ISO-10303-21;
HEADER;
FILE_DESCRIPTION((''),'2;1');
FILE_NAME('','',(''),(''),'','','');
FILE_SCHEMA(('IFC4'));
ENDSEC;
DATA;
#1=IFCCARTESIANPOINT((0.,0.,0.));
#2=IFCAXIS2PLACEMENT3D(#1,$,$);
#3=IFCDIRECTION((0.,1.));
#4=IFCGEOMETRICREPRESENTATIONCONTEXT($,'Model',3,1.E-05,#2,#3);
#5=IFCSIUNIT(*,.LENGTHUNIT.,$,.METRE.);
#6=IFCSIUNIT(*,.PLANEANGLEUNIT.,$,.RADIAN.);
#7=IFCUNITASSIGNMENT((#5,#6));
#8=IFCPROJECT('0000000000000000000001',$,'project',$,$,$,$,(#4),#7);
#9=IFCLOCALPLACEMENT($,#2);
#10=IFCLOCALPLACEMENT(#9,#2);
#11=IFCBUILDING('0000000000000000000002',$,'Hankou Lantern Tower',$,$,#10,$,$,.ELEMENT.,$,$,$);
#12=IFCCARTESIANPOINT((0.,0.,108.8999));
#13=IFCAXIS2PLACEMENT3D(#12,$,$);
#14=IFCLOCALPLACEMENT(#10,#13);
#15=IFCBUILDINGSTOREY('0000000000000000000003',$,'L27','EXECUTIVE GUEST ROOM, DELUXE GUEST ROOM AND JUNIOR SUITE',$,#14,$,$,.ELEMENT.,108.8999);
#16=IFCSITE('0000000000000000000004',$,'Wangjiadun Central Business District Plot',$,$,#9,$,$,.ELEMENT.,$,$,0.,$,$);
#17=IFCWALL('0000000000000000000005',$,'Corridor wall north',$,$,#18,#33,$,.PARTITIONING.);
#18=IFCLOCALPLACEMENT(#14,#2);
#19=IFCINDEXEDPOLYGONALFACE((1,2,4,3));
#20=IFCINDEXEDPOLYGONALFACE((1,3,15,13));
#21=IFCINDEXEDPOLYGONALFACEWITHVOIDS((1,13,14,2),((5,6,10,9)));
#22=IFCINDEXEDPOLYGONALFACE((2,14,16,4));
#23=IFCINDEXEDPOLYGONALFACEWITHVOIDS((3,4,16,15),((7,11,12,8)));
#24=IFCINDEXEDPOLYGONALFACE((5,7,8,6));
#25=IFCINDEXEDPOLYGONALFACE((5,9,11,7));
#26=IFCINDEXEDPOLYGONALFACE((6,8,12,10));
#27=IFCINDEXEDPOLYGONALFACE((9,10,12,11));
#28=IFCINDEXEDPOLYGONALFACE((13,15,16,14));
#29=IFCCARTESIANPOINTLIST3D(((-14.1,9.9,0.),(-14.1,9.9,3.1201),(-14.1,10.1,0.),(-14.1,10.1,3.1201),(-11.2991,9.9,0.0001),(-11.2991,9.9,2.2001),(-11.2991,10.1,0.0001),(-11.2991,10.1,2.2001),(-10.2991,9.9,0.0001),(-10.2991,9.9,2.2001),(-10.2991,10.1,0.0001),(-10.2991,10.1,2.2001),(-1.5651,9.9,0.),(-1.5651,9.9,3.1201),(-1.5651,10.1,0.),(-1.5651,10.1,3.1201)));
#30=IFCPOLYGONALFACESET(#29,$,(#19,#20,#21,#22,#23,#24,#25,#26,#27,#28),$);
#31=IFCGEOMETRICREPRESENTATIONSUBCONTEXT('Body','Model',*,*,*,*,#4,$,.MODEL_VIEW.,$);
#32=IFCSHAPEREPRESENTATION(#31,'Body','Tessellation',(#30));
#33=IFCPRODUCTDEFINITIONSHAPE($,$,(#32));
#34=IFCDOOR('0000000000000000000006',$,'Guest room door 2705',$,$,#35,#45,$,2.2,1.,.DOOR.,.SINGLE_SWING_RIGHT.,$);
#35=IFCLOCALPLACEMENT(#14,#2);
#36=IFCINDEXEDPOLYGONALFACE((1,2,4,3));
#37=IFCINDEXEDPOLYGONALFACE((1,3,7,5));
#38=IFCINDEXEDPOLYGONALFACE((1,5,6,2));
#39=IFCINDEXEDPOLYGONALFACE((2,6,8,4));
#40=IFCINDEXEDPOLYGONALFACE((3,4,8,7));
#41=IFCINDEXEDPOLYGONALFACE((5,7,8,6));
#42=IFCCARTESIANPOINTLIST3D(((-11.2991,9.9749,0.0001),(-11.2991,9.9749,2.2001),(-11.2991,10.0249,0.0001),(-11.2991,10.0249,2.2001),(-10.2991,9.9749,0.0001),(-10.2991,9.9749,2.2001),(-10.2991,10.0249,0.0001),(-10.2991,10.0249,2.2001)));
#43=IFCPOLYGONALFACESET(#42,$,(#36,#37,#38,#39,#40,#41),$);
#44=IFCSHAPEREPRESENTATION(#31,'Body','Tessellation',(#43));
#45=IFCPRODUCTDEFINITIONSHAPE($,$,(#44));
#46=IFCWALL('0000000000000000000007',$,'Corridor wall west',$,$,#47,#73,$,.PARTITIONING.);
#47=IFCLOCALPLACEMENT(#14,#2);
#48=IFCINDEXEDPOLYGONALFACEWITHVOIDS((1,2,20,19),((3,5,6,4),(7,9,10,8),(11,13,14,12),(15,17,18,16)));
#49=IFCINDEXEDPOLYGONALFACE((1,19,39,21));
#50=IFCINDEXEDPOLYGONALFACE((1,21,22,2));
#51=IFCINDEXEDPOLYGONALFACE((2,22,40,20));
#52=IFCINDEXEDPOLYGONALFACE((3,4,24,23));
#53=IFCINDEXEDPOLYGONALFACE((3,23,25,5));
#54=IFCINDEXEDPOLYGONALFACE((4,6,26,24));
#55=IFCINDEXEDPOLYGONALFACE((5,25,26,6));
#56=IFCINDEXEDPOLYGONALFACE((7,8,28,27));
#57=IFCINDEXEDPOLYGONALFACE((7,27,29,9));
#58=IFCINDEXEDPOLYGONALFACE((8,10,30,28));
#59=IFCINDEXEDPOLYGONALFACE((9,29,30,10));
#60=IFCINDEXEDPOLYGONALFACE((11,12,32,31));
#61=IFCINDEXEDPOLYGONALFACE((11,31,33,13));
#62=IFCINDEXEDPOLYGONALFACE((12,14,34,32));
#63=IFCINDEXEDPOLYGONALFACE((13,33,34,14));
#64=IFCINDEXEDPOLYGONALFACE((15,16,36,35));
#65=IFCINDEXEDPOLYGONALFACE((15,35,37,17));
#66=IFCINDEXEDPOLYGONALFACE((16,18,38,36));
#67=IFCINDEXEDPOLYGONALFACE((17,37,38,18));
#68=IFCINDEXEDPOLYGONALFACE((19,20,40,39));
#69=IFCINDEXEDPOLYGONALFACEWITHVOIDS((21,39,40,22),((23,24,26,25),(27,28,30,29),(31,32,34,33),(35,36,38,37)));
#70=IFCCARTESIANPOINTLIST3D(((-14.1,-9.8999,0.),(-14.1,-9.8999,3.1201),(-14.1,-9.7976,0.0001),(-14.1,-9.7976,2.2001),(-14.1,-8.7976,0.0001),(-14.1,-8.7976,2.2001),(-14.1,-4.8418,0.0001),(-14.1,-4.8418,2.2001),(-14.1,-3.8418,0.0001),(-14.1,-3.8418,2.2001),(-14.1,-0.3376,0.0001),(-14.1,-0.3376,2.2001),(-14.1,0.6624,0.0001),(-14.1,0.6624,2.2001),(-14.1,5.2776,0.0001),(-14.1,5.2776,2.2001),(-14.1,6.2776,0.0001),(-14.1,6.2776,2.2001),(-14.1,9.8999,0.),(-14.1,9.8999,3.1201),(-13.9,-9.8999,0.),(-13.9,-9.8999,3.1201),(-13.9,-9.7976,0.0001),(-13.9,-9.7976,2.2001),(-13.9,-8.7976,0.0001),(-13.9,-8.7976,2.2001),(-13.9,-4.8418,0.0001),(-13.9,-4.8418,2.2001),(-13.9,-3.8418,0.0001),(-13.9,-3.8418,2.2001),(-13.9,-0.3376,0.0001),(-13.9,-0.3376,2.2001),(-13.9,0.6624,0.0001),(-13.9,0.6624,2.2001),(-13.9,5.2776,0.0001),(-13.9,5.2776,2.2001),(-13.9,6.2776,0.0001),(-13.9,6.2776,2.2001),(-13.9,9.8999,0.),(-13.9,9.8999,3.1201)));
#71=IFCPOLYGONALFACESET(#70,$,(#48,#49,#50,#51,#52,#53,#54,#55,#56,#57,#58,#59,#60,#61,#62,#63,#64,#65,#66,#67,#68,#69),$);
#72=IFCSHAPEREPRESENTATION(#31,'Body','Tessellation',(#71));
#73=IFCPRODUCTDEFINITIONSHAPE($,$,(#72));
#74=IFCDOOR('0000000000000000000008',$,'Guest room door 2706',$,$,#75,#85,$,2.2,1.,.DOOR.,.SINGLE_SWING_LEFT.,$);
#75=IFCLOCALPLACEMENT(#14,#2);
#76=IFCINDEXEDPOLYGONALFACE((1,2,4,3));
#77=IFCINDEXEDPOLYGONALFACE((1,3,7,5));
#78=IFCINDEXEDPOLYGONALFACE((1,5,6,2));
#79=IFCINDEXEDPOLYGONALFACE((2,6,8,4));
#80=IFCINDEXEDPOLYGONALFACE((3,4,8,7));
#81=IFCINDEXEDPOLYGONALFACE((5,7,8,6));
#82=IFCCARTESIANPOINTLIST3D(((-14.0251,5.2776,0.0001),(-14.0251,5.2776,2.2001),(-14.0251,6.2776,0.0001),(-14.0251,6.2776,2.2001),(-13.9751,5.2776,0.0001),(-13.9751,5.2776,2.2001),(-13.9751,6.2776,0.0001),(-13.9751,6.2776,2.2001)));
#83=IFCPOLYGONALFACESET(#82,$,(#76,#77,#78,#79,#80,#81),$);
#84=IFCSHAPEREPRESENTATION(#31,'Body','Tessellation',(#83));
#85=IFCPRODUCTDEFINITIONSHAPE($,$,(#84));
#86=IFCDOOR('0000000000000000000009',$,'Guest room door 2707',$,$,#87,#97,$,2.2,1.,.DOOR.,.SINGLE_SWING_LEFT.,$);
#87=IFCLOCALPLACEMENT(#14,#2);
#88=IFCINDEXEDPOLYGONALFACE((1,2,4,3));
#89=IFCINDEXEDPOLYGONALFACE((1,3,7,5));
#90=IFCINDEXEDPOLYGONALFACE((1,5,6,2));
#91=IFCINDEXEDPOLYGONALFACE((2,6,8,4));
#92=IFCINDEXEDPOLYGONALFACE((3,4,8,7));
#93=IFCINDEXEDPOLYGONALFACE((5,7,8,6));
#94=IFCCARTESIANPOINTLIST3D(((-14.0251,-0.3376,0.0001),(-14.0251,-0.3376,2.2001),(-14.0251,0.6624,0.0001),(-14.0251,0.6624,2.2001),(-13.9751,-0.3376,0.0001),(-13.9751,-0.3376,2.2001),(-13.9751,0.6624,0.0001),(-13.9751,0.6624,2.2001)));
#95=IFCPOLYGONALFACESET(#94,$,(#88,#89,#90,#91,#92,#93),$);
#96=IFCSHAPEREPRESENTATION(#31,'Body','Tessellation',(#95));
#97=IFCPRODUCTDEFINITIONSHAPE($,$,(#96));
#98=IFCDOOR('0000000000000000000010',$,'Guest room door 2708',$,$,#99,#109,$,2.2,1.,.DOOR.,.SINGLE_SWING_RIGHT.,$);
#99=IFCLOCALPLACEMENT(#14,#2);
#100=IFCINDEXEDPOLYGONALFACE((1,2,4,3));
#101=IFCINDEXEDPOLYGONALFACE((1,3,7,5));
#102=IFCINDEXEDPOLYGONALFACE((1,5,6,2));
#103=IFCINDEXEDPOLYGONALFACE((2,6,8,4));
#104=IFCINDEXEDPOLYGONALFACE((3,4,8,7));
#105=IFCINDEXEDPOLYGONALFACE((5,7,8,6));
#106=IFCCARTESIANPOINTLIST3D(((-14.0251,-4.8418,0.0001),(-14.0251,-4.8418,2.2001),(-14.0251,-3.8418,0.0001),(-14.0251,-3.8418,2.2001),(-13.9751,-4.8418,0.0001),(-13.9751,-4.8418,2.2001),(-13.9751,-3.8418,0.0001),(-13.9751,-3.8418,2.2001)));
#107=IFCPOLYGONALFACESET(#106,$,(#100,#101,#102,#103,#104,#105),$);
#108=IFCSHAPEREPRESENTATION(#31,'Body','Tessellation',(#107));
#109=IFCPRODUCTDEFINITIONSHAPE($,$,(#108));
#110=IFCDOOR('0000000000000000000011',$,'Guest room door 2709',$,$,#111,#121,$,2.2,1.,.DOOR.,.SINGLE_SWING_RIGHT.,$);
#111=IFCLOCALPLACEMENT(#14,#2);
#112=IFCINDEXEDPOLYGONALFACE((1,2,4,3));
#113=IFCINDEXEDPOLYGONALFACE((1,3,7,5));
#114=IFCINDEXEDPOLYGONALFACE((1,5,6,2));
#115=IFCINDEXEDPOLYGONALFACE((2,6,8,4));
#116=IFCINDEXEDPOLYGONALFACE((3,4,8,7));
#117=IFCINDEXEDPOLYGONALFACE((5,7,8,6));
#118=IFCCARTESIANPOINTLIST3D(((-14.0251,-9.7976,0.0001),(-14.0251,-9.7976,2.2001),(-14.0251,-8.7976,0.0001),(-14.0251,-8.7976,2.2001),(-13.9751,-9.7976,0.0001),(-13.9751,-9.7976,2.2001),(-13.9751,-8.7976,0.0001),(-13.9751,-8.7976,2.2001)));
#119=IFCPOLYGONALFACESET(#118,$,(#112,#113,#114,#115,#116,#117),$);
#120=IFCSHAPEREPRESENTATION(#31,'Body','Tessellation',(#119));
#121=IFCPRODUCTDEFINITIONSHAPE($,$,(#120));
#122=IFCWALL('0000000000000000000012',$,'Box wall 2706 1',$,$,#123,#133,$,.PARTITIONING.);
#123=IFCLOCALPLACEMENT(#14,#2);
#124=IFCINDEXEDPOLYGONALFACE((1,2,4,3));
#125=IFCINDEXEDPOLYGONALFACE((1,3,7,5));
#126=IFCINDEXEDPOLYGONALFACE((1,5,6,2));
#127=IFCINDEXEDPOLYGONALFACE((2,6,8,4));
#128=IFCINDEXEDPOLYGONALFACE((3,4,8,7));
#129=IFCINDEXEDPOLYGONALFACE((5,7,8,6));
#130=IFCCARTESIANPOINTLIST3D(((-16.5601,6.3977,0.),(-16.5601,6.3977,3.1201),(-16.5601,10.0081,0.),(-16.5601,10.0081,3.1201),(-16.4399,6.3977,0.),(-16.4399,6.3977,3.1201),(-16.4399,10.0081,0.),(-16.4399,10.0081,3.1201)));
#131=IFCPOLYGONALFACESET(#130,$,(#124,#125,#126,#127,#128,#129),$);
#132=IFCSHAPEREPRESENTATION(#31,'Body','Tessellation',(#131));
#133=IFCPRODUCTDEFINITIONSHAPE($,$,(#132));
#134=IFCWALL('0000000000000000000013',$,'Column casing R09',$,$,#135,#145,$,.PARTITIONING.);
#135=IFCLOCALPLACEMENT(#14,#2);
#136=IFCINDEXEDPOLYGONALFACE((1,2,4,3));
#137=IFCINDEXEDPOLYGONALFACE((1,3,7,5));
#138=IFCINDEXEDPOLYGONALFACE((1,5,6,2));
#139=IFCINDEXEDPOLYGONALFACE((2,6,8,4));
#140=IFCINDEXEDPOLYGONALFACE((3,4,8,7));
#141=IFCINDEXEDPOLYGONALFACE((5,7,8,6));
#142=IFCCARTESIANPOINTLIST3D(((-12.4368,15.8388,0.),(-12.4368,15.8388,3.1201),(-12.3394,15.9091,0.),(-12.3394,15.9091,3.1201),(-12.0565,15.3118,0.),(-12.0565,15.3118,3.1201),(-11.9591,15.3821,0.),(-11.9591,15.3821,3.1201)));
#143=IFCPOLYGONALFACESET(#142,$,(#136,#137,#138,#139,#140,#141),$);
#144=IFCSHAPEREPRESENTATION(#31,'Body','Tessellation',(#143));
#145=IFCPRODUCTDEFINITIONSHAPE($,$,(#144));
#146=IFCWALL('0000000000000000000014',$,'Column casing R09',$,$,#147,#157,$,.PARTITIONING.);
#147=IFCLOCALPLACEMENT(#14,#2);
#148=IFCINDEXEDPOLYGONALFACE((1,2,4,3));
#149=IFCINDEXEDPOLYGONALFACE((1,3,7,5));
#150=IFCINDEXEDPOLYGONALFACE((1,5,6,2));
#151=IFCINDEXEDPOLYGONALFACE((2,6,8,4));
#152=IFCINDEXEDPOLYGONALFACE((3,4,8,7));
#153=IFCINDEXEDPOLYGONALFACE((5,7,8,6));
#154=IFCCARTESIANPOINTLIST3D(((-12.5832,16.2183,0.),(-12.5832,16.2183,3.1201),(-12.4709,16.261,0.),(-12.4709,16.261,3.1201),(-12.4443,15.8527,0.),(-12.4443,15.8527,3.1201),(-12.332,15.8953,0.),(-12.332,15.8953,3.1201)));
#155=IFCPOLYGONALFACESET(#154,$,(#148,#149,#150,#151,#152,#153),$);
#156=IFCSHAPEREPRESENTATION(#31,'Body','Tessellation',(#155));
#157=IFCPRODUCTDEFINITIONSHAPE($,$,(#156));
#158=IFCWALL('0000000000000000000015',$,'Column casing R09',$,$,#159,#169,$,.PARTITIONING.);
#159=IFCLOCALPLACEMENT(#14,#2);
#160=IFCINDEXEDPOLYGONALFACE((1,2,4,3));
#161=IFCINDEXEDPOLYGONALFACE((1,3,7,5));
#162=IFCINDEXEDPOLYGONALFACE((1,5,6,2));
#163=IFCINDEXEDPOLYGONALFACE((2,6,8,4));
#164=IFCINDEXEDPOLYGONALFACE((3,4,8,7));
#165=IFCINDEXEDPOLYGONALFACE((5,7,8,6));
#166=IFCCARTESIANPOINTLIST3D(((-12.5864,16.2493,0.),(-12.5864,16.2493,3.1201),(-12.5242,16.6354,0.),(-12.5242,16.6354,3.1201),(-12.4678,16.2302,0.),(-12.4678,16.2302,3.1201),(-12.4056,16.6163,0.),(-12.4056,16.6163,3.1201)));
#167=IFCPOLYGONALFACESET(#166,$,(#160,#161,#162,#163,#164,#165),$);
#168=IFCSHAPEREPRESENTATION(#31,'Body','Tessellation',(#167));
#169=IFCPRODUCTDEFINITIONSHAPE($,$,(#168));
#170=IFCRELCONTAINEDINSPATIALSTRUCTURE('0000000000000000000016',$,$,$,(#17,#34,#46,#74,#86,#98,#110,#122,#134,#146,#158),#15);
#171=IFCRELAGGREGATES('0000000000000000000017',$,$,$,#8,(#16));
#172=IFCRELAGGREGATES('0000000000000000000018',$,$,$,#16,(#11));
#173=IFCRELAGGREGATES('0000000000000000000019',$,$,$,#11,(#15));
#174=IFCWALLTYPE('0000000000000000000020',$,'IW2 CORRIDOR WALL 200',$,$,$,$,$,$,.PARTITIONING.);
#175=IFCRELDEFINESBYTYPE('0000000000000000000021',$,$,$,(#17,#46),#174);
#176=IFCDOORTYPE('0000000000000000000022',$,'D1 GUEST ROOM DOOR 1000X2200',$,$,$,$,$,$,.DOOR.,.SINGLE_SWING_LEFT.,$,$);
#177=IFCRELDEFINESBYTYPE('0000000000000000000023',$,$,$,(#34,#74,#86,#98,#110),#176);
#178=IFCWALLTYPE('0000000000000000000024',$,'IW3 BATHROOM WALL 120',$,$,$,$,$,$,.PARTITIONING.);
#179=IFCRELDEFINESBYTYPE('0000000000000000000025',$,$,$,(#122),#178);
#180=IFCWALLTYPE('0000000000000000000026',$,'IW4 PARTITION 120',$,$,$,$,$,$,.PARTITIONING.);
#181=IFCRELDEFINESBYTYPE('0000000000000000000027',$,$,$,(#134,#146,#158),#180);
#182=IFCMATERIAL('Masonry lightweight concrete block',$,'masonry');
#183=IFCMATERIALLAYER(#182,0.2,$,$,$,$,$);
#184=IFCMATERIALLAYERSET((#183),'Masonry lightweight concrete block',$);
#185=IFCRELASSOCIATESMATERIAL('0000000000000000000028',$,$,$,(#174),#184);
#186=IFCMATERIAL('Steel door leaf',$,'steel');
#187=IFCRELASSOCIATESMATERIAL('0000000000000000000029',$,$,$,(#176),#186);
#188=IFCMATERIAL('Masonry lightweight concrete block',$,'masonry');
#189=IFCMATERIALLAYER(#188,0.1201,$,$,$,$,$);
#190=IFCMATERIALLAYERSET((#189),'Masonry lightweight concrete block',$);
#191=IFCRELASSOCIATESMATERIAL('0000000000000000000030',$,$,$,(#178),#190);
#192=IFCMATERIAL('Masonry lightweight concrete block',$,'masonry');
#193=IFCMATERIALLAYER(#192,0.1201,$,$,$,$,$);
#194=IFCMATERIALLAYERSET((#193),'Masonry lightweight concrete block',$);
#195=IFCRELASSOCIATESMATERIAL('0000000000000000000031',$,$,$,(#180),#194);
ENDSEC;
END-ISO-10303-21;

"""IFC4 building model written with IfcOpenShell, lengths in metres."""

from ifc_helpers import new_model, si_unit, direction, frame, frame_2d, origin, place, context, subcontext, project, spatial, rectangle, extrude, material, layer, layer_set, type_object, element, fill, save


model = new_model("IFC4")

# Units and contexts
model_context = context("Model", 3, precision=1e-05, world=origin(), true_north=direction((0.0, 1.0)))
body_context = subcontext(model_context, "Body", "Model", "MODEL_VIEW")
ifc_project = project(units=[si_unit("LENGTHUNIT", "METRE"), si_unit("PLANEANGLEUNIT", "RADIAN")], contexts=[model_context])

# Site, building, storey
site_placement = place(None, origin())
site = spatial("IfcSite", under=ifc_project, at=site_placement, Name="Wangjiadun Central Business District Plot", CompositionType="ELEMENT", RefElevation=0.0)
building_placement = place(site_placement, origin())
building = spatial("IfcBuilding", under=site, at=building_placement, Name="Hankou Lantern Tower", CompositionType="ELEMENT")
storey_placement = place(building_placement, frame((0.0, 0.0, 108.8999)))
storey = spatial("IfcBuildingStorey", under=building, at=storey_placement, Name="L27", Description="EXECUTIVE GUEST ROOM, DELUXE GUEST ROOM AND JUNIOR SUITE", CompositionType="ELEMENT", Elevation=108.8999)

# Wall, opening, door
ifc_material_1 = material(Name="Masonry lightweight concrete block", Category="masonry")
ifc_layer_1 = layer(ifc_material_1, 0.2)
ifc_layer_set_1 = layer_set([ifc_layer_1], Name="Masonry lightweight concrete block")
wall_type_1 = type_object("IfcWallType", Name="IW2 CORRIDOR WALL 200", PredefinedType="PARTITIONING", material=ifc_layer_set_1)
wall_1_placement = place(storey_placement, frame((-14.1001, 10.0, 0.0), z_axis=(0.0, 0.0, 1.0), x_axis=(1.0, 0.0, 0.0)))
wall_1 = element("IfcWall", 1, at=wall_1_placement, inside=storey, type_object=wall_type_1, Name="Corridor wall north", PredefinedType="PARTITIONING", context=body_context, shape_type="SweptSolid", body=[
    extrude(rectangle(XDim=12.5349, YDim=0.2, at=frame_2d((6.2676, 0.0))), origin(), (0.0, 0.0, 1.0), 3.1201),
])
opening_1_placement = place(wall_1_placement, frame((2.801, 0.0, 0.0)))
opening_1 = element("IfcOpeningElement", 2, at=opening_1_placement, cuts=wall_1, PredefinedType="OPENING", context=body_context, shape_type="SweptSolid", body=[
    extrude(rectangle(XDim=1.0, YDim=2.2, at=frame_2d((0.5, 1.1001))), frame((0.0, 0.1099, 0.0), z_axis=(0.0, -1.0, 0.0), x_axis=(1.0, 0.0, 0.0)), (0.0, 0.0, 1.0), 0.22),
])
ifc_material_2 = material(Name="Steel door leaf", Category="steel")
door_type = type_object("IfcDoorType", Name="D1 GUEST ROOM DOOR 1000X2200", OperationType="SINGLE_SWING_LEFT", PredefinedType="DOOR", material=ifc_material_2)
door_1_placement = place(opening_1_placement, origin())
door_1 = element("IfcDoor", 3, at=door_1_placement, inside=storey, type_object=door_type, Name="Guest room door 2705", OperationType="SINGLE_SWING_RIGHT", OverallHeight=2.2, OverallWidth=1.0, PredefinedType="DOOR", context=body_context, shape_type="SweptSolid", body=[
    extrude(rectangle(XDim=1.0, YDim=2.2, at=frame_2d((0.5, 1.1001))), frame((0.0, 0.0249, 0.0), z_axis=(0.0, -1.0, 0.0), x_axis=(1.0, 0.0, 0.0)), (0.0, 0.0, 1.0), 0.05),
])
fill(opening_1, door_1)

# Wall, openings, doors
wall_2_placement = place(storey_placement, frame((-14.0, 9.8999, 0.0), z_axis=(0.0, 0.0, 1.0), x_axis=(0.0, -1.0, 0.0)))
wall_2 = element("IfcWall", 4, at=wall_2_placement, inside=storey, type_object=wall_type_1, Name="Corridor wall west", PredefinedType="PARTITIONING", context=body_context, shape_type="SweptSolid", body=[
    extrude(rectangle(XDim=19.7998, YDim=0.2, at=frame_2d((9.8999, 0.0))), origin(), (0.0, 0.0, 1.0), 3.1201),
])
opening_2_placement = place(wall_2_placement, frame((3.6223, 0.0, 0.0)))
opening_2 = element("IfcOpeningElement", 5, at=opening_2_placement, cuts=wall_2, PredefinedType="OPENING", context=body_context, shape_type="SweptSolid", body=[
    extrude(rectangle(XDim=1.0, YDim=2.2, at=frame_2d((0.5, 1.1001))), frame((0.0, 0.1099, 0.0), z_axis=(0.0, -1.0, 0.0), x_axis=(1.0, 0.0, 0.0)), (0.0, 0.0, 1.0), 0.22),
])
opening_3_placement = place(wall_2_placement, frame((9.2375, 0.0, 0.0)))
opening_3 = element("IfcOpeningElement", 6, at=opening_3_placement, cuts=wall_2, PredefinedType="OPENING", context=body_context, shape_type="SweptSolid", body=[
    extrude(rectangle(XDim=1.0, YDim=2.2, at=frame_2d((0.5, 1.1001))), frame((0.0, 0.1099, 0.0), z_axis=(0.0, -1.0, 0.0), x_axis=(1.0, 0.0, 0.0)), (0.0, 0.0, 1.0), 0.22),
])
opening_4_placement = place(wall_2_placement, frame((13.7417, 0.0, 0.0)))
opening_4 = element("IfcOpeningElement", 7, at=opening_4_placement, cuts=wall_2, PredefinedType="OPENING", context=body_context, shape_type="SweptSolid", body=[
    extrude(rectangle(XDim=1.0, YDim=2.2, at=frame_2d((0.5, 1.1001))), frame((0.0, 0.1099, 0.0), z_axis=(0.0, -1.0, 0.0), x_axis=(1.0, 0.0, 0.0)), (0.0, 0.0, 1.0), 0.22),
])
opening_5_placement = place(wall_2_placement, frame((18.6975, 0.0, 0.0)))
opening_5 = element("IfcOpeningElement", 8, at=opening_5_placement, cuts=wall_2, PredefinedType="OPENING", context=body_context, shape_type="SweptSolid", body=[
    extrude(rectangle(XDim=1.0, YDim=2.2, at=frame_2d((0.5, 1.1001))), frame((0.0, 0.1099, 0.0), z_axis=(0.0, -1.0, 0.0), x_axis=(1.0, 0.0, 0.0)), (0.0, 0.0, 1.0), 0.22),
])
door_2_placement = place(opening_2_placement, origin())
door_2 = element("IfcDoor", 9, at=door_2_placement, inside=storey, type_object=door_type, Name="Guest room door 2706", OperationType="SINGLE_SWING_LEFT", OverallHeight=2.2, OverallWidth=1.0, PredefinedType="DOOR", context=body_context, shape_type="SweptSolid", body=[
    extrude(rectangle(XDim=1.0, YDim=2.2, at=frame_2d((0.5, 1.1001))), frame((0.0, 0.0249, 0.0), z_axis=(0.0, -1.0, 0.0), x_axis=(1.0, 0.0, 0.0)), (0.0, 0.0, 1.0), 0.05),
])
fill(opening_2, door_2)
door_3_placement = place(opening_3_placement, origin())
door_3 = element("IfcDoor", 10, at=door_3_placement, inside=storey, type_object=door_type, Name="Guest room door 2707", OperationType="SINGLE_SWING_LEFT", OverallHeight=2.2, OverallWidth=1.0, PredefinedType="DOOR", context=body_context, shape_type="SweptSolid", body=[
    extrude(rectangle(XDim=1.0, YDim=2.2, at=frame_2d((0.5, 1.1001))), frame((0.0, 0.0249, 0.0), z_axis=(0.0, -1.0, 0.0), x_axis=(1.0, 0.0, 0.0)), (0.0, 0.0, 1.0), 0.05),
])
fill(opening_3, door_3)
door_4_placement = place(opening_4_placement, origin())
door_4 = element("IfcDoor", 11, at=door_4_placement, inside=storey, type_object=door_type, Name="Guest room door 2708", OperationType="SINGLE_SWING_RIGHT", OverallHeight=2.2, OverallWidth=1.0, PredefinedType="DOOR", context=body_context, shape_type="SweptSolid", body=[
    extrude(rectangle(XDim=1.0, YDim=2.2, at=frame_2d((0.5, 1.1001))), frame((0.0, 0.0249, 0.0), z_axis=(0.0, -1.0, 0.0), x_axis=(1.0, 0.0, 0.0)), (0.0, 0.0, 1.0), 0.05),
])
fill(opening_4, door_4)
door_5_placement = place(opening_5_placement, origin())
door_5 = element("IfcDoor", 12, at=door_5_placement, inside=storey, type_object=door_type, Name="Guest room door 2709", OperationType="SINGLE_SWING_RIGHT", OverallHeight=2.2, OverallWidth=1.0, PredefinedType="DOOR", context=body_context, shape_type="SweptSolid", body=[
    extrude(rectangle(XDim=1.0, YDim=2.2, at=frame_2d((0.5, 1.1001))), frame((0.0, 0.0249, 0.0), z_axis=(0.0, -1.0, 0.0), x_axis=(1.0, 0.0, 0.0)), (0.0, 0.0, 1.0), 0.05),
])
fill(opening_5, door_5)

# Walls
ifc_material_3 = material(Name="Masonry lightweight concrete block", Category="masonry")
ifc_layer_2 = layer(ifc_material_3, 0.1201)
ifc_layer_set_2 = layer_set([ifc_layer_2], Name="Masonry lightweight concrete block")
wall_type_2 = type_object("IfcWallType", Name="IW3 BATHROOM WALL 120", PredefinedType="PARTITIONING", material=ifc_layer_set_2)
wall_3_placement = place(storey_placement, frame((-16.5, 10.0081, 0.0), z_axis=(0.0, 0.0, 1.0), x_axis=(0.0, -1.0, 0.0)))
element("IfcWall", 13, at=wall_3_placement, inside=storey, type_object=wall_type_2, Name="Box wall 2706 1", PredefinedType="PARTITIONING", context=body_context, shape_type="SweptSolid", body=[
    extrude(rectangle(XDim=3.6104, YDim=0.1201, at=frame_2d((1.8052, 0.0))), origin(), (0.0, 0.0, 1.0), 3.1201),
])
ifc_material_4 = material(Name="Masonry lightweight concrete block", Category="masonry")
ifc_layer_3 = layer(ifc_material_4, 0.1201)
ifc_layer_set_3 = layer_set([ifc_layer_3], Name="Masonry lightweight concrete block")
wall_type_3 = type_object("IfcWallType", Name="IW4 PARTITION 120", PredefinedType="PARTITIONING", material=ifc_layer_set_3)
wall_4_placement = place(storey_placement, frame((-12.0078, 15.3469, 0.0), z_axis=(0.0, 0.0, 1.0), x_axis=(-0.585175, 0.810907, 0.0)))
element("IfcWall", 14, at=wall_4_placement, inside=storey, type_object=wall_type_3, Name="Column casing R09", PredefinedType="PARTITIONING", context=body_context, shape_type="SweptSolid", body=[
    extrude(rectangle(XDim=0.6499, YDim=0.1201, at=frame_2d((0.325, 0.0))), origin(), (0.0, 0.0, 1.0), 3.1201),
])
for number, where, z_axis, x_axis, name in (
    (15, (-12.3882, 15.874, 0.0), (0.0, 0.0, 1.0), (-0.355087, 0.934833, 0.0), "Column casing R09"),
    (16, (-12.5271, 16.2397, 0.0), (0.0, 0.0, 1.0), (0.159134, 0.987257, 0.0), "Column casing R09"),
):
    element("IfcWall", number, at=place(storey_placement, frame(where, z_axis=z_axis, x_axis=x_axis)), inside=storey, type_object=wall_type_3, Name=name, PredefinedType="PARTITIONING", context=body_context, shape_type="SweptSolid", body=[
        extrude(rectangle(XDim=0.3911, YDim=0.1201, at=frame_2d((0.1956, 0.0))), origin(), (0.0, 0.0, 1.0), 3.1201),
    ])

save(model, "model.ifc")
